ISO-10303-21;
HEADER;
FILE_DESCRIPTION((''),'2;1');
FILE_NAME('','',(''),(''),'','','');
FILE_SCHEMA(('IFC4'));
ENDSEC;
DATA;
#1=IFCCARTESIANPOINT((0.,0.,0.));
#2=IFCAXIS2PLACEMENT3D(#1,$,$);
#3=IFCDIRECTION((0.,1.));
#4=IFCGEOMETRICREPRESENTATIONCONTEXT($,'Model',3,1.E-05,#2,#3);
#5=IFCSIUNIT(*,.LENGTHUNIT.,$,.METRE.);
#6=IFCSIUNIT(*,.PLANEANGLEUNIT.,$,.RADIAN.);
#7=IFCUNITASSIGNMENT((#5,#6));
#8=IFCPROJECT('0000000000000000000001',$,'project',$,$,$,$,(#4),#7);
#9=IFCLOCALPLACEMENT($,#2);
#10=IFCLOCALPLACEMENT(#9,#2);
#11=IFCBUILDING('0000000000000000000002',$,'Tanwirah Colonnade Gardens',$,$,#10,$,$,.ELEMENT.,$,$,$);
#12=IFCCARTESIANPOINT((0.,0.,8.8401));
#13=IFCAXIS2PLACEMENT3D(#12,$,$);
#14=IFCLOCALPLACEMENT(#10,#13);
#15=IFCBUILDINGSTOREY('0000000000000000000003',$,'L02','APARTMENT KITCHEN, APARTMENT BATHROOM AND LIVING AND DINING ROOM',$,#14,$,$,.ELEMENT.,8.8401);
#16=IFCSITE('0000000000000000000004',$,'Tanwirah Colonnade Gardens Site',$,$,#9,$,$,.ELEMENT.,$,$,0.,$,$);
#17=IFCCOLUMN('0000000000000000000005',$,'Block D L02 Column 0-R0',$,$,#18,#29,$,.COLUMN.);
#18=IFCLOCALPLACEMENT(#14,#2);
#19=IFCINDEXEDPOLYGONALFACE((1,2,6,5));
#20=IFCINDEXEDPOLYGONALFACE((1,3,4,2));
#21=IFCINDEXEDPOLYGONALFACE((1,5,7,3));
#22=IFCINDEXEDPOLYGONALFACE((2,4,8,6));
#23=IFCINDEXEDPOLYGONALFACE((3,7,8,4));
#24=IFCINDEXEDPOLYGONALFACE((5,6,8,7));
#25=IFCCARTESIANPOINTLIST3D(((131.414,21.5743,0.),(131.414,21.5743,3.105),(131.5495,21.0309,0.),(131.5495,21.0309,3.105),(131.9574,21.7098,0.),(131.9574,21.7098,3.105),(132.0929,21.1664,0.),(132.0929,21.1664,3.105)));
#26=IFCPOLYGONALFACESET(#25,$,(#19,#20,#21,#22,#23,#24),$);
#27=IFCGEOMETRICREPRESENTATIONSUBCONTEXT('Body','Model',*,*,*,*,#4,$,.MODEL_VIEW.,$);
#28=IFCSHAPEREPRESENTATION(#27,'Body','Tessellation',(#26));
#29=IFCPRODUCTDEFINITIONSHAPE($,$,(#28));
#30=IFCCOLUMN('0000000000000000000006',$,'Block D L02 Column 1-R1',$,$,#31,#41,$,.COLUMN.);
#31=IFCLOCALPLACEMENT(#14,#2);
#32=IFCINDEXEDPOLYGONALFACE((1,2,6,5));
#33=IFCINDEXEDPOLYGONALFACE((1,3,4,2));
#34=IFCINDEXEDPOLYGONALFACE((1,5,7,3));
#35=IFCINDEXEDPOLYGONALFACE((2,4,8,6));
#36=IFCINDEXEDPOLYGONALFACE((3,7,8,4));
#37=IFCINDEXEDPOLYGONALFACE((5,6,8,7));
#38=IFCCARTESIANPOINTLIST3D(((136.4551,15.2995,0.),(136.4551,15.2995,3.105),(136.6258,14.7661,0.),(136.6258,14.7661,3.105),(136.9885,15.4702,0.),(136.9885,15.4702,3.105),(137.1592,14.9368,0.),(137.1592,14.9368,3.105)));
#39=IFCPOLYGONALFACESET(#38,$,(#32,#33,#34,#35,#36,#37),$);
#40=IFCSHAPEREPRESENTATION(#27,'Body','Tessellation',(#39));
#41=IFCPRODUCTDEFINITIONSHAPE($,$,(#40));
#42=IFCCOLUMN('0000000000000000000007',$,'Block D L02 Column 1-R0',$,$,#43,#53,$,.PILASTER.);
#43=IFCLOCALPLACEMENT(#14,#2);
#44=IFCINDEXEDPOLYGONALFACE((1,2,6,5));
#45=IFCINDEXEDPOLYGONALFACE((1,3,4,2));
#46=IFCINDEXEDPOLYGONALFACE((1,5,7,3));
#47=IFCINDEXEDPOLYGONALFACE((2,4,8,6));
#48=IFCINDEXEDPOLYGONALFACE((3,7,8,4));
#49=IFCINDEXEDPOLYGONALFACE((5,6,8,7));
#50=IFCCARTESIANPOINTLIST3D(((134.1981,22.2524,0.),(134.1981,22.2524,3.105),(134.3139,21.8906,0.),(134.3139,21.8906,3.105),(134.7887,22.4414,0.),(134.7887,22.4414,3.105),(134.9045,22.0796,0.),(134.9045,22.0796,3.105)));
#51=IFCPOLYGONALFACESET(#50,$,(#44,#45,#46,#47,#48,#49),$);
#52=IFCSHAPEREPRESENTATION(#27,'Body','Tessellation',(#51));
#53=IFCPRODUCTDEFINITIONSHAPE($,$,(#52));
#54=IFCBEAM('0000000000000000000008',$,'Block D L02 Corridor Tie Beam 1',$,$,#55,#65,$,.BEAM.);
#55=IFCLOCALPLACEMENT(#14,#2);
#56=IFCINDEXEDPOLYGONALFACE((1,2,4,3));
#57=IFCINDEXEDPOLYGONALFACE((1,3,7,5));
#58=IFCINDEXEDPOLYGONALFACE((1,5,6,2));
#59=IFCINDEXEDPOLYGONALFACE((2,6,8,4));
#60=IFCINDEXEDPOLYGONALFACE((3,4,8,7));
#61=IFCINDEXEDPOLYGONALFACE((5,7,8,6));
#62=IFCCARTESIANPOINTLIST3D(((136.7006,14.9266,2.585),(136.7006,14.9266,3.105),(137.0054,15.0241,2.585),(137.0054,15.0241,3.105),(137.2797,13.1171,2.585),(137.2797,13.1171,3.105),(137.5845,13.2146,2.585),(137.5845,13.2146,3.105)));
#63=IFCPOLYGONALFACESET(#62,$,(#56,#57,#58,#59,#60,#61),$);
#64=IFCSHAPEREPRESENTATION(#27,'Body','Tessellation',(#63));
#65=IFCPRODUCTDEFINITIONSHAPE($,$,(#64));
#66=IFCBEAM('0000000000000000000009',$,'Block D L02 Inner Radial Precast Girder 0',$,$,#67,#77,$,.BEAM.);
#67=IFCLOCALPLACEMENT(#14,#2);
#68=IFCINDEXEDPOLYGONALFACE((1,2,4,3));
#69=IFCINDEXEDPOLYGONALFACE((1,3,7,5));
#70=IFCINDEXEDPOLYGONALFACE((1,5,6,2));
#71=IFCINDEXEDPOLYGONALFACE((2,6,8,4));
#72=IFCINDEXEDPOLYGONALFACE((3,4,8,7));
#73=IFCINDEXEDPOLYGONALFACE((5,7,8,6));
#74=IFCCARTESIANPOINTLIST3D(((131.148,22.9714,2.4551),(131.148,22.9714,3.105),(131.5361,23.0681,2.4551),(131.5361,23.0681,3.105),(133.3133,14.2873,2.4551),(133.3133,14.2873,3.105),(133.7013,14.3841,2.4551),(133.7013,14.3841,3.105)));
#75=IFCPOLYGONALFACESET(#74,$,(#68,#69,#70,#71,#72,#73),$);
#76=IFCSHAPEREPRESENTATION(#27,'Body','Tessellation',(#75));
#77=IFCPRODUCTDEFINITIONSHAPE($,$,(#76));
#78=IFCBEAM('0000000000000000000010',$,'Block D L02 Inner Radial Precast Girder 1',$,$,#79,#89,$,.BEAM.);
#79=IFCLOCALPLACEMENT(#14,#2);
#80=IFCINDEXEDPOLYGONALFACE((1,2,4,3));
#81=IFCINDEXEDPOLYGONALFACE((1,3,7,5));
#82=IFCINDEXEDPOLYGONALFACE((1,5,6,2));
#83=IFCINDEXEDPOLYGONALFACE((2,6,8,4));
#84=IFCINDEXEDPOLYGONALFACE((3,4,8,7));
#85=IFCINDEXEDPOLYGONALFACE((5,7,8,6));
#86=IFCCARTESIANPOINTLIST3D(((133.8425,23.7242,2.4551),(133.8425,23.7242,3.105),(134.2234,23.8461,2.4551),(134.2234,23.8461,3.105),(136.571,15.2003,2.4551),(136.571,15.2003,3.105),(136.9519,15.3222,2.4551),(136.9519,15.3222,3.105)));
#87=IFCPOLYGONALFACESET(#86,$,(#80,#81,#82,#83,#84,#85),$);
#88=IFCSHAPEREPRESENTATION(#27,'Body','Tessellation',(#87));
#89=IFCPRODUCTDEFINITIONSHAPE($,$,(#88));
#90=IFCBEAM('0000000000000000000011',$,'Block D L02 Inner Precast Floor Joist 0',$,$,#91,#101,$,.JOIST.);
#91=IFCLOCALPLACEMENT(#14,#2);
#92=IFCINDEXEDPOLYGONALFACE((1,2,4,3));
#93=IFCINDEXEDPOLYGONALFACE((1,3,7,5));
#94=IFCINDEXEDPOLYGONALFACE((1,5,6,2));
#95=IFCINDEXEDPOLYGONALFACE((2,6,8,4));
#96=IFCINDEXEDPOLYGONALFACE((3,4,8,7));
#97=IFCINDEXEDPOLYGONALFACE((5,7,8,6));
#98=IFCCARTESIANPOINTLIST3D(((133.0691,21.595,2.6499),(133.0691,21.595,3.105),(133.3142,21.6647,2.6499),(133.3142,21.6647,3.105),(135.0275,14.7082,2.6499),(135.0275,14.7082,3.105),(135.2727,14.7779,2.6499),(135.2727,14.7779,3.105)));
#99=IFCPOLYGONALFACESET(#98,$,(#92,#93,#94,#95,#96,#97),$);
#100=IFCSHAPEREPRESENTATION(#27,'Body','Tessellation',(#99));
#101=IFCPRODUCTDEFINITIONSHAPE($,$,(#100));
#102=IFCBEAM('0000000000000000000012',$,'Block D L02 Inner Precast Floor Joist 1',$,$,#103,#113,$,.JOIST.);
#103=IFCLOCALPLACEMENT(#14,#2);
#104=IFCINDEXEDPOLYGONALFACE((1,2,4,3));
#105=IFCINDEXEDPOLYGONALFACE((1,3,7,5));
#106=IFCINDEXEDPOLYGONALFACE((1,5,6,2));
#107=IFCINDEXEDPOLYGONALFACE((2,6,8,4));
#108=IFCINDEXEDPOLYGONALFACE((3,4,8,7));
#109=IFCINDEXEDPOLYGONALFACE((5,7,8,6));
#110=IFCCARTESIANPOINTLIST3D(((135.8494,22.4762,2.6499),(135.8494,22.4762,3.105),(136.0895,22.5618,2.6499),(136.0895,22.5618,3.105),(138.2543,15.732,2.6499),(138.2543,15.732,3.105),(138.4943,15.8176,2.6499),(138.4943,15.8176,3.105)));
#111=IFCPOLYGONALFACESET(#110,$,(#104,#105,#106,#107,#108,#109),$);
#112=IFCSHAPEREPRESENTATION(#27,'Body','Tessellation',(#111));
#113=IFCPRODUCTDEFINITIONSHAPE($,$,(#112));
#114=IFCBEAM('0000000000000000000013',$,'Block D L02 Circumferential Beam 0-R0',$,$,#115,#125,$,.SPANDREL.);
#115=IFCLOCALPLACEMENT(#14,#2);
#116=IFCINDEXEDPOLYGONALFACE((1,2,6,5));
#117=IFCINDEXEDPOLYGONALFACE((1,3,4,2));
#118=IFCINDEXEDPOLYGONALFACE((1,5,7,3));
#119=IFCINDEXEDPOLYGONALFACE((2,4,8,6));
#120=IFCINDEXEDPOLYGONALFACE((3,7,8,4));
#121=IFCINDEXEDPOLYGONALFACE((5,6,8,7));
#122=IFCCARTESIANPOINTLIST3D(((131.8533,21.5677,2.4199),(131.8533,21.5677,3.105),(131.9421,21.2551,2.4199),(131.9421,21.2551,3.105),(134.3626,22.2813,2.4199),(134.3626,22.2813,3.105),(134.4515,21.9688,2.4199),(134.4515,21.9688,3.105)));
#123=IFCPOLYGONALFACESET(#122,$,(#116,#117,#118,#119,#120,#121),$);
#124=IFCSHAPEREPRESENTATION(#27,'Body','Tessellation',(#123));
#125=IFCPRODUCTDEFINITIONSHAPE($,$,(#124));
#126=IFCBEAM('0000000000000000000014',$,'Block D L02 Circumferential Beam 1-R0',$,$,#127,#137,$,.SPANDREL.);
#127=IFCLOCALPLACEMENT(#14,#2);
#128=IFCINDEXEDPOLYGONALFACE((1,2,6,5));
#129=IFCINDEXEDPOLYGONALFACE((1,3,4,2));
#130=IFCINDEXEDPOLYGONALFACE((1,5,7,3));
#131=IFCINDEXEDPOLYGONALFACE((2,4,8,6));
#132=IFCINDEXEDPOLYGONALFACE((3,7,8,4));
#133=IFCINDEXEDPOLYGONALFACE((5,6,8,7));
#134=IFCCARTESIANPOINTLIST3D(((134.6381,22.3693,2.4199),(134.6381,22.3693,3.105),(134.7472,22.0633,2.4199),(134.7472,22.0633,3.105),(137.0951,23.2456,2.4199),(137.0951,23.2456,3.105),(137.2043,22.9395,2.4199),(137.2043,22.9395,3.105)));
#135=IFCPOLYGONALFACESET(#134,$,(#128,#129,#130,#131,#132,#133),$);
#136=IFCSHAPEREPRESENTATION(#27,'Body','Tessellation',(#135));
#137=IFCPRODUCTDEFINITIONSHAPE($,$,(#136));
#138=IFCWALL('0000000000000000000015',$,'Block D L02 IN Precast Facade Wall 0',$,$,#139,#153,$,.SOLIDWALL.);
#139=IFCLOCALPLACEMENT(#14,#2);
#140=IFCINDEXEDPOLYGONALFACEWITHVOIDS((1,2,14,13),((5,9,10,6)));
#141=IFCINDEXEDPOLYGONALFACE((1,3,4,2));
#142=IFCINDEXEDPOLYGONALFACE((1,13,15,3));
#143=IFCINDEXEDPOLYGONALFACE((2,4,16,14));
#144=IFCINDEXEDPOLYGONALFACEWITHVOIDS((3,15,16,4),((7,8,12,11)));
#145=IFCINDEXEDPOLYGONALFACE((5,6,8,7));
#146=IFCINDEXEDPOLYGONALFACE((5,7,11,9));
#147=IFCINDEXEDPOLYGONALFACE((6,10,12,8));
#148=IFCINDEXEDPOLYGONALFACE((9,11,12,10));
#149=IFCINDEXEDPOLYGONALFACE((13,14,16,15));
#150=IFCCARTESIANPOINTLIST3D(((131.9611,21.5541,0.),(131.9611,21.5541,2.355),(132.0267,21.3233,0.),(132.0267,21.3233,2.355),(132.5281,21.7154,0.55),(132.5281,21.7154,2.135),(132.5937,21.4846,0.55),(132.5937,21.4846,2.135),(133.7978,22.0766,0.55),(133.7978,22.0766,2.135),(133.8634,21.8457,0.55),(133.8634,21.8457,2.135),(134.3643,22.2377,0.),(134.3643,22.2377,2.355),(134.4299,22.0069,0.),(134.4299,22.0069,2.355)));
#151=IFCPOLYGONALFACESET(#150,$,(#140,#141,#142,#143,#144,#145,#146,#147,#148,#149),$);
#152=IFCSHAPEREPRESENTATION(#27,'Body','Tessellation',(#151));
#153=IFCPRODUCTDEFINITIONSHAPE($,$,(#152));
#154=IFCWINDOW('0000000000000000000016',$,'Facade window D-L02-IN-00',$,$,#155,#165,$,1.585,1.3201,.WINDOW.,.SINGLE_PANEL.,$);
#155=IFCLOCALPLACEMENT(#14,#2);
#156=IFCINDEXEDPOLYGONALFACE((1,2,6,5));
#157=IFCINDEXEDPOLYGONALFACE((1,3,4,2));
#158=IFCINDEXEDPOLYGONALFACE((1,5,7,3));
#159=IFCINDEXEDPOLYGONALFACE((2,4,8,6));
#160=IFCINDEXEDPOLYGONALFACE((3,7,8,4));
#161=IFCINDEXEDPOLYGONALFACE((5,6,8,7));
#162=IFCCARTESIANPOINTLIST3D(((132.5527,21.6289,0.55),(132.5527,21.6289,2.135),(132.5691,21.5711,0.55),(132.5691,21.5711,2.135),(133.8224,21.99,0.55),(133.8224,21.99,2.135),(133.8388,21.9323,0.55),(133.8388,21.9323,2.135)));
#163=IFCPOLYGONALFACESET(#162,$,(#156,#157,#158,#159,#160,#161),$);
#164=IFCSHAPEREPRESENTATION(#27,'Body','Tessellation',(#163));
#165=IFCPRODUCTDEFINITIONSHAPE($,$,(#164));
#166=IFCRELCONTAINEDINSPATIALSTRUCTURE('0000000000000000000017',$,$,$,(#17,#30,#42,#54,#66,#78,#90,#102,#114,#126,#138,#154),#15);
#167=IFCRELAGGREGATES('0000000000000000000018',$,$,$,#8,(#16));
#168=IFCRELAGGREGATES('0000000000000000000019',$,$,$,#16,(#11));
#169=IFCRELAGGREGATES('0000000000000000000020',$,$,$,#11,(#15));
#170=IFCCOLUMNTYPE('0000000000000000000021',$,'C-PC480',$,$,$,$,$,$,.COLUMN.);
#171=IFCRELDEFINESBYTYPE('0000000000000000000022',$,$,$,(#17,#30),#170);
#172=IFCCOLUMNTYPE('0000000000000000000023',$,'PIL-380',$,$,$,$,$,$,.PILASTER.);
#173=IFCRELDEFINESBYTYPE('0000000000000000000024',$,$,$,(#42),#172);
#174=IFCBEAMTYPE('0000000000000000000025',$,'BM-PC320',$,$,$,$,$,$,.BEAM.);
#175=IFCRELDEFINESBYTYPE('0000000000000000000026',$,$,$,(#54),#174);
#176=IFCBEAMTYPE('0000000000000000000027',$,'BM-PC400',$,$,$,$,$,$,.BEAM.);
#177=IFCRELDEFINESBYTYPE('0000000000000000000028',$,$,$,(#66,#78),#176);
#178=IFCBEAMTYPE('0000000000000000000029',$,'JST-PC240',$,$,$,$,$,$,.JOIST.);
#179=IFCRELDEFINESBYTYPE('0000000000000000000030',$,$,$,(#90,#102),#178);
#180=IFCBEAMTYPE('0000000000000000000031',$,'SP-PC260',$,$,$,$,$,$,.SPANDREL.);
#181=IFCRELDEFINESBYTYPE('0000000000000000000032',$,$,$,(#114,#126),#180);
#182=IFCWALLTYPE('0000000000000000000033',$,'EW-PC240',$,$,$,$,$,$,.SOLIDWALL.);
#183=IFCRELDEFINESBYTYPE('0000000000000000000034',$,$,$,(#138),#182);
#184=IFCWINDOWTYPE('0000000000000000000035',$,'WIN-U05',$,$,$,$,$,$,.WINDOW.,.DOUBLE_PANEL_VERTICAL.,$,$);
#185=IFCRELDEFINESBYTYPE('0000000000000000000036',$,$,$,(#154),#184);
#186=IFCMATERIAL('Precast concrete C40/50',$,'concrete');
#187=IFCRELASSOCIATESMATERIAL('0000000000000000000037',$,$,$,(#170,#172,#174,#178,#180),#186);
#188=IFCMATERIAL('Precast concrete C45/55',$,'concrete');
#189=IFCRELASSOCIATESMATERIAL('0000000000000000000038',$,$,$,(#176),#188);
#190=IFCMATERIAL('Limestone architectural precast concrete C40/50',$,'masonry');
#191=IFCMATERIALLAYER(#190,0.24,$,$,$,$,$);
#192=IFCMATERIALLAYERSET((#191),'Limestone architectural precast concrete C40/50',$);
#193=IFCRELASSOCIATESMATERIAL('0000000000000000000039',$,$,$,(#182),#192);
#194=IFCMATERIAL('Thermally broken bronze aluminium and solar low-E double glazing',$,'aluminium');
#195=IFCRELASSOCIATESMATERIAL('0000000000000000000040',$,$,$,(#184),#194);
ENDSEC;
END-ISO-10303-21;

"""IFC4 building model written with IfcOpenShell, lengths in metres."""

from ifc_helpers import new_model, si_unit, direction, frame, frame_2d, origin, origin_2d, place, context, subcontext, project, spatial, rectangle, extrude, material, layer, layer_set, material_profile, profile_set, type_object, element, fill, save


model = new_model("IFC4")

# Units and contexts
model_context = context("Model", 3, precision=1e-05, world=origin(), true_north=direction((0.0, 1.0)))
body_context = subcontext(model_context, "Body", "Model", "MODEL_VIEW")
ifc_project = project(units=[si_unit("LENGTHUNIT", "METRE"), si_unit("PLANEANGLEUNIT", "RADIAN")], contexts=[model_context])

# Site, building, storey
site_placement = place(None, origin())
site = spatial("IfcSite", under=ifc_project, at=site_placement, Name="Tanwirah Colonnade Gardens Site", CompositionType="ELEMENT", RefElevation=0.0)
building_placement = place(site_placement, origin())
building = spatial("IfcBuilding", under=site, at=building_placement, Name="Tanwirah Colonnade Gardens", CompositionType="ELEMENT")
storey_placement = place(building_placement, frame((0.0, 0.0, 8.8401)))
storey = spatial("IfcBuildingStorey", under=building, at=storey_placement, Name="L02", Description="APARTMENT KITCHEN, APARTMENT BATHROOM AND LIVING AND DINING ROOM", CompositionType="ELEMENT", Elevation=8.8401)

# Columns
ifc_material_1 = material(Name="Precast concrete C40/50", Category="concrete")
ifc_material_profile_1 = material_profile(ifc_material_1, rectangle(XDim=0.5601, YDim=0.5601, at=origin_2d()), Name="PC-COL 560x560")
ifc_profile_set_1 = profile_set([ifc_material_profile_1], Name="Precast concrete C40/50")
column_type_1 = type_object("IfcColumnType", Name="C-PC480", PredefinedType="COLUMN", material=ifc_profile_set_1)
for number, where, z_axis, x_axis, name in (
    (1, (131.7534, 21.3704, 0.0), (0.0, 0.0, 1.0), (0.241922, -0.970296, 0.0), "Block D L02 Column 0-R0"),
    (2, (136.8071, 15.1182, 0.0), (0.0, 0.0, 1.0), (0.304864, -0.952396, 0.0), "Block D L02 Column 1-R1"),
):
    element("IfcColumn", number, at=place(storey_placement, frame(where, z_axis=z_axis, x_axis=x_axis)), inside=storey, type_object=column_type_1, Name=name, PredefinedType="COLUMN", context=body_context, shape_type="SweptSolid", body=[
        extrude(rectangle(XDim=0.5601, YDim=0.5601, at=origin_2d()), origin(), (0.0, 0.0, 1.0), 3.105),
    ])
ifc_material_profile_2 = material_profile(ifc_material_1, rectangle(XDim=0.3799, YDim=0.6201, at=origin_2d()), Name="PC-PIL 380x620")
ifc_profile_set_2 = profile_set([ifc_material_profile_2], Name="Precast concrete C40/50")
column_type_2 = type_object("IfcColumnType", Name="PIL-380", PredefinedType="PILASTER", material=ifc_profile_set_2)
column_placement = place(storey_placement, frame((134.5513, 22.166, 0.0), z_axis=(0.0, 0.0, 1.0), x_axis=(0.304864, -0.952396, 0.0)))
element("IfcColumn", 3, at=column_placement, inside=storey, type_object=column_type_2, Name="Block D L02 Column 1-R0", PredefinedType="PILASTER", context=body_context, shape_type="SweptSolid", body=[
    extrude(rectangle(XDim=0.3799, YDim=0.6201, at=origin_2d()), origin(), (0.0, 0.0, 1.0), 3.105),
])

# Beams
ifc_material_profile_3 = material_profile(ifc_material_1, rectangle(XDim=0.3201, YDim=0.52, at=origin_2d()), Name="PC-BM 320x520")
ifc_profile_set_3 = profile_set([ifc_material_profile_3], Name="Precast concrete C40/50")
beam_type_1 = type_object("IfcBeamType", Name="BM-PC320", PredefinedType="BEAM", material=ifc_profile_set_3)
beam_1_placement = place(storey_placement, frame((136.853, 14.9753, 2.845), z_axis=(0.304794, -0.952418, 0.0), x_axis=(0.952418, 0.304794, 0.0)))
element("IfcBeam", 4, at=beam_1_placement, inside=storey, type_object=beam_type_1, Name="Block D L02 Corridor Tie Beam 1", PredefinedType="BEAM", context=body_context, shape_type="SweptSolid", body=[
    extrude(rectangle(XDim=0.3201, YDim=0.52, at=origin_2d()), origin(), (0.0, 0.0, 1.0), 1.8999),
])
ifc_material_2 = material(Name="Precast concrete C45/55", Category="concrete")
ifc_material_profile_4 = material_profile(ifc_material_2, rectangle(XDim=0.3999, YDim=0.6499, at=origin_2d()), Name="PC-BM 400x650")
ifc_profile_set_4 = profile_set([ifc_material_profile_4], Name="Precast concrete C45/55")
beam_type_2 = type_object("IfcBeamType", Name="BM-PC400", PredefinedType="BEAM", material=ifc_profile_set_4)
for number, where, z_axis, x_axis, name in (
    (5, (133.5073, 14.3357, 2.78), (-0.241932, 0.970293, 0.0), (-0.970293, -0.241932, 0.0), "Block D L02 Inner Radial Precast Girder 0"),
    (6, (136.7615, 15.2612, 2.78), (-0.304863, 0.952396, 0.0), (-0.952396, -0.304863, 0.0), "Block D L02 Inner Radial Precast Girder 1"),
):
    element("IfcBeam", number, at=place(storey_placement, frame(where, z_axis=z_axis, x_axis=x_axis)), inside=storey, type_object=beam_type_2, Name=name, PredefinedType="BEAM", context=body_context, shape_type="SweptSolid", body=[
        extrude(rectangle(XDim=0.3999, YDim=0.6499, at=origin_2d()), origin(), (0.0, 0.0, 1.0), 8.95),
    ])
ifc_material_profile_5 = material_profile(ifc_material_1, rectangle(XDim=0.2549, YDim=0.4551, at=origin_2d()), Name="PC-JST 255x455")
ifc_profile_set_5 = profile_set([ifc_material_profile_5], Name="Precast concrete C40/50")
beam_type_3 = type_object("IfcBeamType", Name="JST-PC240", PredefinedType="JOIST", material=ifc_profile_set_5)
beam_2_placement = place(storey_placement, frame((133.1917, 21.6299, 2.8774), z_axis=(0.273532, -0.961863, 0.0), x_axis=(0.961863, 0.273532, 0.0)))
element("IfcBeam", 7, at=beam_2_placement, inside=storey, type_object=beam_type_3, Name="Block D L02 Inner Precast Floor Joist 0", PredefinedType="JOIST", context=body_context, shape_type="SweptSolid", body=[
    extrude(rectangle(XDim=0.2549, YDim=0.4551, at=origin_2d()), origin(), (0.0, 0.0, 1.0), 7.1599),
])
beam_3_placement = place(storey_placement, frame((135.9695, 22.519, 2.8774), z_axis=(0.335861, -0.941912, 0.0), x_axis=(0.941912, 0.335861, 0.0)))
element("IfcBeam", 8, at=beam_3_placement, inside=storey, type_object=beam_type_3, Name="Block D L02 Inner Precast Floor Joist 1", PredefinedType="JOIST", context=body_context, shape_type="SweptSolid", body=[
    extrude(rectangle(XDim=0.2549, YDim=0.4551, at=origin_2d()), origin(), (0.0, 0.0, 1.0), 7.1602),
])
ifc_material_profile_6 = material_profile(ifc_material_1, rectangle(XDim=0.325, YDim=0.6851, at=origin_2d()), Name="PC-SP 325x685")
ifc_profile_set_6 = profile_set([ifc_material_profile_6], Name="Precast concrete C40/50")
beam_type_4 = type_object("IfcBeamType", Name="SP-PC260", PredefinedType="SPANDREL", material=ifc_profile_set_6)
beam_4_placement = place(storey_placement, frame((131.8977, 21.4114, 2.7625), z_axis=(0.961859, 0.273547, 0.0), x_axis=(-0.273547, 0.961859, 0.0)))
element("IfcBeam", 9, at=beam_4_placement, inside=storey, type_object=beam_type_4, Name="Block D L02 Circumferential Beam 0-R0", PredefinedType="SPANDREL", context=body_context, shape_type="SweptSolid", body=[
    extrude(rectangle(XDim=0.325, YDim=0.6851, at=origin_2d()), origin(), (0.0, 0.0, 1.0), 2.6089),
])
beam_5_placement = place(storey_placement, frame((134.6926, 22.2163, 2.7625), z_axis=(0.941898, 0.335898, 0.0), x_axis=(-0.335898, 0.941898, 0.0)))
element("IfcBeam", 10, at=beam_5_placement, inside=storey, type_object=beam_type_4, Name="Block D L02 Circumferential Beam 1-R0", PredefinedType="SPANDREL", context=body_context, shape_type="SweptSolid", body=[
    extrude(rectangle(XDim=0.325, YDim=0.6851, at=origin_2d()), origin(), (0.0, 0.0, 1.0), 2.6086),
])

# Wall, opening, window
ifc_material_3 = material(Name="Limestone architectural precast concrete C40/50", Category="masonry")
ifc_layer = layer(ifc_material_3, 0.24)
ifc_layer_set = layer_set([ifc_layer], Name="Limestone architectural precast concrete C40/50")
wall_type = type_object("IfcWallType", Name="EW-PC240", PredefinedType="SOLIDWALL", material=ifc_layer_set)
wall_1_placement = place(storey_placement, frame((131.9939, 21.4387, 0.0), z_axis=(0.0, 0.0, 1.0), x_axis=(0.961848, 0.273585, 0.0)))
wall_1 = element("IfcWall", 11, at=wall_1_placement, inside=storey, type_object=wall_type, Name="Block D L02 IN Precast Facade Wall 0", PredefinedType="SOLIDWALL", context=body_context, shape_type="SweptSolid", body=[
    extrude(rectangle(XDim=2.4985, YDim=0.24, at=frame_2d((1.2493, 0.0))), origin(), (0.0, 0.0, 1.0), 2.355),
])
opening_1_placement = place(wall_1_placement, frame((0.5894, 0.0, 0.55)))
opening_1 = element("IfcOpeningElement", 12, at=opening_1_placement, cuts=wall_1, PredefinedType="OPENING", context=body_context, shape_type="SweptSolid", body=[
    extrude(rectangle(XDim=1.3201, YDim=1.585, at=frame_2d((0.6602, 0.7925))), frame((0.0, 0.1299, 0.0), z_axis=(0.0, -1.0, 0.0), x_axis=(1.0, 0.0, 0.0)), (0.0, 0.0, 1.0), 0.26),
])
ifc_material_4 = material(Name="Thermally broken bronze aluminium and solar low-E double glazing", Category="aluminium")
window_type_1 = type_object("IfcWindowType", Name="WIN-U05", PartitioningType="DOUBLE_PANEL_VERTICAL", PredefinedType="WINDOW", material=ifc_material_4)
window_1_placement = place(opening_1_placement, origin())
window_1 = element("IfcWindow", 13, at=window_1_placement, inside=storey, type_object=window_type_1, Name="Facade window D-L02-IN-00", OverallHeight=1.585, OverallWidth=1.3201, PartitioningType="SINGLE_PANEL", PredefinedType="WINDOW", context=body_context, shape_type="SweptSolid", body=[
    extrude(rectangle(XDim=1.3201, YDim=1.585, at=frame_2d((0.6602, 0.7925))), frame((0.0, 0.03, 0.0), z_axis=(0.0, -1.0, 0.0), x_axis=(1.0, 0.0, 0.0)), (0.0, 0.0, 1.0), 0.0601),
])
fill(opening_1, window_1)

save(model, "model.ifc")
